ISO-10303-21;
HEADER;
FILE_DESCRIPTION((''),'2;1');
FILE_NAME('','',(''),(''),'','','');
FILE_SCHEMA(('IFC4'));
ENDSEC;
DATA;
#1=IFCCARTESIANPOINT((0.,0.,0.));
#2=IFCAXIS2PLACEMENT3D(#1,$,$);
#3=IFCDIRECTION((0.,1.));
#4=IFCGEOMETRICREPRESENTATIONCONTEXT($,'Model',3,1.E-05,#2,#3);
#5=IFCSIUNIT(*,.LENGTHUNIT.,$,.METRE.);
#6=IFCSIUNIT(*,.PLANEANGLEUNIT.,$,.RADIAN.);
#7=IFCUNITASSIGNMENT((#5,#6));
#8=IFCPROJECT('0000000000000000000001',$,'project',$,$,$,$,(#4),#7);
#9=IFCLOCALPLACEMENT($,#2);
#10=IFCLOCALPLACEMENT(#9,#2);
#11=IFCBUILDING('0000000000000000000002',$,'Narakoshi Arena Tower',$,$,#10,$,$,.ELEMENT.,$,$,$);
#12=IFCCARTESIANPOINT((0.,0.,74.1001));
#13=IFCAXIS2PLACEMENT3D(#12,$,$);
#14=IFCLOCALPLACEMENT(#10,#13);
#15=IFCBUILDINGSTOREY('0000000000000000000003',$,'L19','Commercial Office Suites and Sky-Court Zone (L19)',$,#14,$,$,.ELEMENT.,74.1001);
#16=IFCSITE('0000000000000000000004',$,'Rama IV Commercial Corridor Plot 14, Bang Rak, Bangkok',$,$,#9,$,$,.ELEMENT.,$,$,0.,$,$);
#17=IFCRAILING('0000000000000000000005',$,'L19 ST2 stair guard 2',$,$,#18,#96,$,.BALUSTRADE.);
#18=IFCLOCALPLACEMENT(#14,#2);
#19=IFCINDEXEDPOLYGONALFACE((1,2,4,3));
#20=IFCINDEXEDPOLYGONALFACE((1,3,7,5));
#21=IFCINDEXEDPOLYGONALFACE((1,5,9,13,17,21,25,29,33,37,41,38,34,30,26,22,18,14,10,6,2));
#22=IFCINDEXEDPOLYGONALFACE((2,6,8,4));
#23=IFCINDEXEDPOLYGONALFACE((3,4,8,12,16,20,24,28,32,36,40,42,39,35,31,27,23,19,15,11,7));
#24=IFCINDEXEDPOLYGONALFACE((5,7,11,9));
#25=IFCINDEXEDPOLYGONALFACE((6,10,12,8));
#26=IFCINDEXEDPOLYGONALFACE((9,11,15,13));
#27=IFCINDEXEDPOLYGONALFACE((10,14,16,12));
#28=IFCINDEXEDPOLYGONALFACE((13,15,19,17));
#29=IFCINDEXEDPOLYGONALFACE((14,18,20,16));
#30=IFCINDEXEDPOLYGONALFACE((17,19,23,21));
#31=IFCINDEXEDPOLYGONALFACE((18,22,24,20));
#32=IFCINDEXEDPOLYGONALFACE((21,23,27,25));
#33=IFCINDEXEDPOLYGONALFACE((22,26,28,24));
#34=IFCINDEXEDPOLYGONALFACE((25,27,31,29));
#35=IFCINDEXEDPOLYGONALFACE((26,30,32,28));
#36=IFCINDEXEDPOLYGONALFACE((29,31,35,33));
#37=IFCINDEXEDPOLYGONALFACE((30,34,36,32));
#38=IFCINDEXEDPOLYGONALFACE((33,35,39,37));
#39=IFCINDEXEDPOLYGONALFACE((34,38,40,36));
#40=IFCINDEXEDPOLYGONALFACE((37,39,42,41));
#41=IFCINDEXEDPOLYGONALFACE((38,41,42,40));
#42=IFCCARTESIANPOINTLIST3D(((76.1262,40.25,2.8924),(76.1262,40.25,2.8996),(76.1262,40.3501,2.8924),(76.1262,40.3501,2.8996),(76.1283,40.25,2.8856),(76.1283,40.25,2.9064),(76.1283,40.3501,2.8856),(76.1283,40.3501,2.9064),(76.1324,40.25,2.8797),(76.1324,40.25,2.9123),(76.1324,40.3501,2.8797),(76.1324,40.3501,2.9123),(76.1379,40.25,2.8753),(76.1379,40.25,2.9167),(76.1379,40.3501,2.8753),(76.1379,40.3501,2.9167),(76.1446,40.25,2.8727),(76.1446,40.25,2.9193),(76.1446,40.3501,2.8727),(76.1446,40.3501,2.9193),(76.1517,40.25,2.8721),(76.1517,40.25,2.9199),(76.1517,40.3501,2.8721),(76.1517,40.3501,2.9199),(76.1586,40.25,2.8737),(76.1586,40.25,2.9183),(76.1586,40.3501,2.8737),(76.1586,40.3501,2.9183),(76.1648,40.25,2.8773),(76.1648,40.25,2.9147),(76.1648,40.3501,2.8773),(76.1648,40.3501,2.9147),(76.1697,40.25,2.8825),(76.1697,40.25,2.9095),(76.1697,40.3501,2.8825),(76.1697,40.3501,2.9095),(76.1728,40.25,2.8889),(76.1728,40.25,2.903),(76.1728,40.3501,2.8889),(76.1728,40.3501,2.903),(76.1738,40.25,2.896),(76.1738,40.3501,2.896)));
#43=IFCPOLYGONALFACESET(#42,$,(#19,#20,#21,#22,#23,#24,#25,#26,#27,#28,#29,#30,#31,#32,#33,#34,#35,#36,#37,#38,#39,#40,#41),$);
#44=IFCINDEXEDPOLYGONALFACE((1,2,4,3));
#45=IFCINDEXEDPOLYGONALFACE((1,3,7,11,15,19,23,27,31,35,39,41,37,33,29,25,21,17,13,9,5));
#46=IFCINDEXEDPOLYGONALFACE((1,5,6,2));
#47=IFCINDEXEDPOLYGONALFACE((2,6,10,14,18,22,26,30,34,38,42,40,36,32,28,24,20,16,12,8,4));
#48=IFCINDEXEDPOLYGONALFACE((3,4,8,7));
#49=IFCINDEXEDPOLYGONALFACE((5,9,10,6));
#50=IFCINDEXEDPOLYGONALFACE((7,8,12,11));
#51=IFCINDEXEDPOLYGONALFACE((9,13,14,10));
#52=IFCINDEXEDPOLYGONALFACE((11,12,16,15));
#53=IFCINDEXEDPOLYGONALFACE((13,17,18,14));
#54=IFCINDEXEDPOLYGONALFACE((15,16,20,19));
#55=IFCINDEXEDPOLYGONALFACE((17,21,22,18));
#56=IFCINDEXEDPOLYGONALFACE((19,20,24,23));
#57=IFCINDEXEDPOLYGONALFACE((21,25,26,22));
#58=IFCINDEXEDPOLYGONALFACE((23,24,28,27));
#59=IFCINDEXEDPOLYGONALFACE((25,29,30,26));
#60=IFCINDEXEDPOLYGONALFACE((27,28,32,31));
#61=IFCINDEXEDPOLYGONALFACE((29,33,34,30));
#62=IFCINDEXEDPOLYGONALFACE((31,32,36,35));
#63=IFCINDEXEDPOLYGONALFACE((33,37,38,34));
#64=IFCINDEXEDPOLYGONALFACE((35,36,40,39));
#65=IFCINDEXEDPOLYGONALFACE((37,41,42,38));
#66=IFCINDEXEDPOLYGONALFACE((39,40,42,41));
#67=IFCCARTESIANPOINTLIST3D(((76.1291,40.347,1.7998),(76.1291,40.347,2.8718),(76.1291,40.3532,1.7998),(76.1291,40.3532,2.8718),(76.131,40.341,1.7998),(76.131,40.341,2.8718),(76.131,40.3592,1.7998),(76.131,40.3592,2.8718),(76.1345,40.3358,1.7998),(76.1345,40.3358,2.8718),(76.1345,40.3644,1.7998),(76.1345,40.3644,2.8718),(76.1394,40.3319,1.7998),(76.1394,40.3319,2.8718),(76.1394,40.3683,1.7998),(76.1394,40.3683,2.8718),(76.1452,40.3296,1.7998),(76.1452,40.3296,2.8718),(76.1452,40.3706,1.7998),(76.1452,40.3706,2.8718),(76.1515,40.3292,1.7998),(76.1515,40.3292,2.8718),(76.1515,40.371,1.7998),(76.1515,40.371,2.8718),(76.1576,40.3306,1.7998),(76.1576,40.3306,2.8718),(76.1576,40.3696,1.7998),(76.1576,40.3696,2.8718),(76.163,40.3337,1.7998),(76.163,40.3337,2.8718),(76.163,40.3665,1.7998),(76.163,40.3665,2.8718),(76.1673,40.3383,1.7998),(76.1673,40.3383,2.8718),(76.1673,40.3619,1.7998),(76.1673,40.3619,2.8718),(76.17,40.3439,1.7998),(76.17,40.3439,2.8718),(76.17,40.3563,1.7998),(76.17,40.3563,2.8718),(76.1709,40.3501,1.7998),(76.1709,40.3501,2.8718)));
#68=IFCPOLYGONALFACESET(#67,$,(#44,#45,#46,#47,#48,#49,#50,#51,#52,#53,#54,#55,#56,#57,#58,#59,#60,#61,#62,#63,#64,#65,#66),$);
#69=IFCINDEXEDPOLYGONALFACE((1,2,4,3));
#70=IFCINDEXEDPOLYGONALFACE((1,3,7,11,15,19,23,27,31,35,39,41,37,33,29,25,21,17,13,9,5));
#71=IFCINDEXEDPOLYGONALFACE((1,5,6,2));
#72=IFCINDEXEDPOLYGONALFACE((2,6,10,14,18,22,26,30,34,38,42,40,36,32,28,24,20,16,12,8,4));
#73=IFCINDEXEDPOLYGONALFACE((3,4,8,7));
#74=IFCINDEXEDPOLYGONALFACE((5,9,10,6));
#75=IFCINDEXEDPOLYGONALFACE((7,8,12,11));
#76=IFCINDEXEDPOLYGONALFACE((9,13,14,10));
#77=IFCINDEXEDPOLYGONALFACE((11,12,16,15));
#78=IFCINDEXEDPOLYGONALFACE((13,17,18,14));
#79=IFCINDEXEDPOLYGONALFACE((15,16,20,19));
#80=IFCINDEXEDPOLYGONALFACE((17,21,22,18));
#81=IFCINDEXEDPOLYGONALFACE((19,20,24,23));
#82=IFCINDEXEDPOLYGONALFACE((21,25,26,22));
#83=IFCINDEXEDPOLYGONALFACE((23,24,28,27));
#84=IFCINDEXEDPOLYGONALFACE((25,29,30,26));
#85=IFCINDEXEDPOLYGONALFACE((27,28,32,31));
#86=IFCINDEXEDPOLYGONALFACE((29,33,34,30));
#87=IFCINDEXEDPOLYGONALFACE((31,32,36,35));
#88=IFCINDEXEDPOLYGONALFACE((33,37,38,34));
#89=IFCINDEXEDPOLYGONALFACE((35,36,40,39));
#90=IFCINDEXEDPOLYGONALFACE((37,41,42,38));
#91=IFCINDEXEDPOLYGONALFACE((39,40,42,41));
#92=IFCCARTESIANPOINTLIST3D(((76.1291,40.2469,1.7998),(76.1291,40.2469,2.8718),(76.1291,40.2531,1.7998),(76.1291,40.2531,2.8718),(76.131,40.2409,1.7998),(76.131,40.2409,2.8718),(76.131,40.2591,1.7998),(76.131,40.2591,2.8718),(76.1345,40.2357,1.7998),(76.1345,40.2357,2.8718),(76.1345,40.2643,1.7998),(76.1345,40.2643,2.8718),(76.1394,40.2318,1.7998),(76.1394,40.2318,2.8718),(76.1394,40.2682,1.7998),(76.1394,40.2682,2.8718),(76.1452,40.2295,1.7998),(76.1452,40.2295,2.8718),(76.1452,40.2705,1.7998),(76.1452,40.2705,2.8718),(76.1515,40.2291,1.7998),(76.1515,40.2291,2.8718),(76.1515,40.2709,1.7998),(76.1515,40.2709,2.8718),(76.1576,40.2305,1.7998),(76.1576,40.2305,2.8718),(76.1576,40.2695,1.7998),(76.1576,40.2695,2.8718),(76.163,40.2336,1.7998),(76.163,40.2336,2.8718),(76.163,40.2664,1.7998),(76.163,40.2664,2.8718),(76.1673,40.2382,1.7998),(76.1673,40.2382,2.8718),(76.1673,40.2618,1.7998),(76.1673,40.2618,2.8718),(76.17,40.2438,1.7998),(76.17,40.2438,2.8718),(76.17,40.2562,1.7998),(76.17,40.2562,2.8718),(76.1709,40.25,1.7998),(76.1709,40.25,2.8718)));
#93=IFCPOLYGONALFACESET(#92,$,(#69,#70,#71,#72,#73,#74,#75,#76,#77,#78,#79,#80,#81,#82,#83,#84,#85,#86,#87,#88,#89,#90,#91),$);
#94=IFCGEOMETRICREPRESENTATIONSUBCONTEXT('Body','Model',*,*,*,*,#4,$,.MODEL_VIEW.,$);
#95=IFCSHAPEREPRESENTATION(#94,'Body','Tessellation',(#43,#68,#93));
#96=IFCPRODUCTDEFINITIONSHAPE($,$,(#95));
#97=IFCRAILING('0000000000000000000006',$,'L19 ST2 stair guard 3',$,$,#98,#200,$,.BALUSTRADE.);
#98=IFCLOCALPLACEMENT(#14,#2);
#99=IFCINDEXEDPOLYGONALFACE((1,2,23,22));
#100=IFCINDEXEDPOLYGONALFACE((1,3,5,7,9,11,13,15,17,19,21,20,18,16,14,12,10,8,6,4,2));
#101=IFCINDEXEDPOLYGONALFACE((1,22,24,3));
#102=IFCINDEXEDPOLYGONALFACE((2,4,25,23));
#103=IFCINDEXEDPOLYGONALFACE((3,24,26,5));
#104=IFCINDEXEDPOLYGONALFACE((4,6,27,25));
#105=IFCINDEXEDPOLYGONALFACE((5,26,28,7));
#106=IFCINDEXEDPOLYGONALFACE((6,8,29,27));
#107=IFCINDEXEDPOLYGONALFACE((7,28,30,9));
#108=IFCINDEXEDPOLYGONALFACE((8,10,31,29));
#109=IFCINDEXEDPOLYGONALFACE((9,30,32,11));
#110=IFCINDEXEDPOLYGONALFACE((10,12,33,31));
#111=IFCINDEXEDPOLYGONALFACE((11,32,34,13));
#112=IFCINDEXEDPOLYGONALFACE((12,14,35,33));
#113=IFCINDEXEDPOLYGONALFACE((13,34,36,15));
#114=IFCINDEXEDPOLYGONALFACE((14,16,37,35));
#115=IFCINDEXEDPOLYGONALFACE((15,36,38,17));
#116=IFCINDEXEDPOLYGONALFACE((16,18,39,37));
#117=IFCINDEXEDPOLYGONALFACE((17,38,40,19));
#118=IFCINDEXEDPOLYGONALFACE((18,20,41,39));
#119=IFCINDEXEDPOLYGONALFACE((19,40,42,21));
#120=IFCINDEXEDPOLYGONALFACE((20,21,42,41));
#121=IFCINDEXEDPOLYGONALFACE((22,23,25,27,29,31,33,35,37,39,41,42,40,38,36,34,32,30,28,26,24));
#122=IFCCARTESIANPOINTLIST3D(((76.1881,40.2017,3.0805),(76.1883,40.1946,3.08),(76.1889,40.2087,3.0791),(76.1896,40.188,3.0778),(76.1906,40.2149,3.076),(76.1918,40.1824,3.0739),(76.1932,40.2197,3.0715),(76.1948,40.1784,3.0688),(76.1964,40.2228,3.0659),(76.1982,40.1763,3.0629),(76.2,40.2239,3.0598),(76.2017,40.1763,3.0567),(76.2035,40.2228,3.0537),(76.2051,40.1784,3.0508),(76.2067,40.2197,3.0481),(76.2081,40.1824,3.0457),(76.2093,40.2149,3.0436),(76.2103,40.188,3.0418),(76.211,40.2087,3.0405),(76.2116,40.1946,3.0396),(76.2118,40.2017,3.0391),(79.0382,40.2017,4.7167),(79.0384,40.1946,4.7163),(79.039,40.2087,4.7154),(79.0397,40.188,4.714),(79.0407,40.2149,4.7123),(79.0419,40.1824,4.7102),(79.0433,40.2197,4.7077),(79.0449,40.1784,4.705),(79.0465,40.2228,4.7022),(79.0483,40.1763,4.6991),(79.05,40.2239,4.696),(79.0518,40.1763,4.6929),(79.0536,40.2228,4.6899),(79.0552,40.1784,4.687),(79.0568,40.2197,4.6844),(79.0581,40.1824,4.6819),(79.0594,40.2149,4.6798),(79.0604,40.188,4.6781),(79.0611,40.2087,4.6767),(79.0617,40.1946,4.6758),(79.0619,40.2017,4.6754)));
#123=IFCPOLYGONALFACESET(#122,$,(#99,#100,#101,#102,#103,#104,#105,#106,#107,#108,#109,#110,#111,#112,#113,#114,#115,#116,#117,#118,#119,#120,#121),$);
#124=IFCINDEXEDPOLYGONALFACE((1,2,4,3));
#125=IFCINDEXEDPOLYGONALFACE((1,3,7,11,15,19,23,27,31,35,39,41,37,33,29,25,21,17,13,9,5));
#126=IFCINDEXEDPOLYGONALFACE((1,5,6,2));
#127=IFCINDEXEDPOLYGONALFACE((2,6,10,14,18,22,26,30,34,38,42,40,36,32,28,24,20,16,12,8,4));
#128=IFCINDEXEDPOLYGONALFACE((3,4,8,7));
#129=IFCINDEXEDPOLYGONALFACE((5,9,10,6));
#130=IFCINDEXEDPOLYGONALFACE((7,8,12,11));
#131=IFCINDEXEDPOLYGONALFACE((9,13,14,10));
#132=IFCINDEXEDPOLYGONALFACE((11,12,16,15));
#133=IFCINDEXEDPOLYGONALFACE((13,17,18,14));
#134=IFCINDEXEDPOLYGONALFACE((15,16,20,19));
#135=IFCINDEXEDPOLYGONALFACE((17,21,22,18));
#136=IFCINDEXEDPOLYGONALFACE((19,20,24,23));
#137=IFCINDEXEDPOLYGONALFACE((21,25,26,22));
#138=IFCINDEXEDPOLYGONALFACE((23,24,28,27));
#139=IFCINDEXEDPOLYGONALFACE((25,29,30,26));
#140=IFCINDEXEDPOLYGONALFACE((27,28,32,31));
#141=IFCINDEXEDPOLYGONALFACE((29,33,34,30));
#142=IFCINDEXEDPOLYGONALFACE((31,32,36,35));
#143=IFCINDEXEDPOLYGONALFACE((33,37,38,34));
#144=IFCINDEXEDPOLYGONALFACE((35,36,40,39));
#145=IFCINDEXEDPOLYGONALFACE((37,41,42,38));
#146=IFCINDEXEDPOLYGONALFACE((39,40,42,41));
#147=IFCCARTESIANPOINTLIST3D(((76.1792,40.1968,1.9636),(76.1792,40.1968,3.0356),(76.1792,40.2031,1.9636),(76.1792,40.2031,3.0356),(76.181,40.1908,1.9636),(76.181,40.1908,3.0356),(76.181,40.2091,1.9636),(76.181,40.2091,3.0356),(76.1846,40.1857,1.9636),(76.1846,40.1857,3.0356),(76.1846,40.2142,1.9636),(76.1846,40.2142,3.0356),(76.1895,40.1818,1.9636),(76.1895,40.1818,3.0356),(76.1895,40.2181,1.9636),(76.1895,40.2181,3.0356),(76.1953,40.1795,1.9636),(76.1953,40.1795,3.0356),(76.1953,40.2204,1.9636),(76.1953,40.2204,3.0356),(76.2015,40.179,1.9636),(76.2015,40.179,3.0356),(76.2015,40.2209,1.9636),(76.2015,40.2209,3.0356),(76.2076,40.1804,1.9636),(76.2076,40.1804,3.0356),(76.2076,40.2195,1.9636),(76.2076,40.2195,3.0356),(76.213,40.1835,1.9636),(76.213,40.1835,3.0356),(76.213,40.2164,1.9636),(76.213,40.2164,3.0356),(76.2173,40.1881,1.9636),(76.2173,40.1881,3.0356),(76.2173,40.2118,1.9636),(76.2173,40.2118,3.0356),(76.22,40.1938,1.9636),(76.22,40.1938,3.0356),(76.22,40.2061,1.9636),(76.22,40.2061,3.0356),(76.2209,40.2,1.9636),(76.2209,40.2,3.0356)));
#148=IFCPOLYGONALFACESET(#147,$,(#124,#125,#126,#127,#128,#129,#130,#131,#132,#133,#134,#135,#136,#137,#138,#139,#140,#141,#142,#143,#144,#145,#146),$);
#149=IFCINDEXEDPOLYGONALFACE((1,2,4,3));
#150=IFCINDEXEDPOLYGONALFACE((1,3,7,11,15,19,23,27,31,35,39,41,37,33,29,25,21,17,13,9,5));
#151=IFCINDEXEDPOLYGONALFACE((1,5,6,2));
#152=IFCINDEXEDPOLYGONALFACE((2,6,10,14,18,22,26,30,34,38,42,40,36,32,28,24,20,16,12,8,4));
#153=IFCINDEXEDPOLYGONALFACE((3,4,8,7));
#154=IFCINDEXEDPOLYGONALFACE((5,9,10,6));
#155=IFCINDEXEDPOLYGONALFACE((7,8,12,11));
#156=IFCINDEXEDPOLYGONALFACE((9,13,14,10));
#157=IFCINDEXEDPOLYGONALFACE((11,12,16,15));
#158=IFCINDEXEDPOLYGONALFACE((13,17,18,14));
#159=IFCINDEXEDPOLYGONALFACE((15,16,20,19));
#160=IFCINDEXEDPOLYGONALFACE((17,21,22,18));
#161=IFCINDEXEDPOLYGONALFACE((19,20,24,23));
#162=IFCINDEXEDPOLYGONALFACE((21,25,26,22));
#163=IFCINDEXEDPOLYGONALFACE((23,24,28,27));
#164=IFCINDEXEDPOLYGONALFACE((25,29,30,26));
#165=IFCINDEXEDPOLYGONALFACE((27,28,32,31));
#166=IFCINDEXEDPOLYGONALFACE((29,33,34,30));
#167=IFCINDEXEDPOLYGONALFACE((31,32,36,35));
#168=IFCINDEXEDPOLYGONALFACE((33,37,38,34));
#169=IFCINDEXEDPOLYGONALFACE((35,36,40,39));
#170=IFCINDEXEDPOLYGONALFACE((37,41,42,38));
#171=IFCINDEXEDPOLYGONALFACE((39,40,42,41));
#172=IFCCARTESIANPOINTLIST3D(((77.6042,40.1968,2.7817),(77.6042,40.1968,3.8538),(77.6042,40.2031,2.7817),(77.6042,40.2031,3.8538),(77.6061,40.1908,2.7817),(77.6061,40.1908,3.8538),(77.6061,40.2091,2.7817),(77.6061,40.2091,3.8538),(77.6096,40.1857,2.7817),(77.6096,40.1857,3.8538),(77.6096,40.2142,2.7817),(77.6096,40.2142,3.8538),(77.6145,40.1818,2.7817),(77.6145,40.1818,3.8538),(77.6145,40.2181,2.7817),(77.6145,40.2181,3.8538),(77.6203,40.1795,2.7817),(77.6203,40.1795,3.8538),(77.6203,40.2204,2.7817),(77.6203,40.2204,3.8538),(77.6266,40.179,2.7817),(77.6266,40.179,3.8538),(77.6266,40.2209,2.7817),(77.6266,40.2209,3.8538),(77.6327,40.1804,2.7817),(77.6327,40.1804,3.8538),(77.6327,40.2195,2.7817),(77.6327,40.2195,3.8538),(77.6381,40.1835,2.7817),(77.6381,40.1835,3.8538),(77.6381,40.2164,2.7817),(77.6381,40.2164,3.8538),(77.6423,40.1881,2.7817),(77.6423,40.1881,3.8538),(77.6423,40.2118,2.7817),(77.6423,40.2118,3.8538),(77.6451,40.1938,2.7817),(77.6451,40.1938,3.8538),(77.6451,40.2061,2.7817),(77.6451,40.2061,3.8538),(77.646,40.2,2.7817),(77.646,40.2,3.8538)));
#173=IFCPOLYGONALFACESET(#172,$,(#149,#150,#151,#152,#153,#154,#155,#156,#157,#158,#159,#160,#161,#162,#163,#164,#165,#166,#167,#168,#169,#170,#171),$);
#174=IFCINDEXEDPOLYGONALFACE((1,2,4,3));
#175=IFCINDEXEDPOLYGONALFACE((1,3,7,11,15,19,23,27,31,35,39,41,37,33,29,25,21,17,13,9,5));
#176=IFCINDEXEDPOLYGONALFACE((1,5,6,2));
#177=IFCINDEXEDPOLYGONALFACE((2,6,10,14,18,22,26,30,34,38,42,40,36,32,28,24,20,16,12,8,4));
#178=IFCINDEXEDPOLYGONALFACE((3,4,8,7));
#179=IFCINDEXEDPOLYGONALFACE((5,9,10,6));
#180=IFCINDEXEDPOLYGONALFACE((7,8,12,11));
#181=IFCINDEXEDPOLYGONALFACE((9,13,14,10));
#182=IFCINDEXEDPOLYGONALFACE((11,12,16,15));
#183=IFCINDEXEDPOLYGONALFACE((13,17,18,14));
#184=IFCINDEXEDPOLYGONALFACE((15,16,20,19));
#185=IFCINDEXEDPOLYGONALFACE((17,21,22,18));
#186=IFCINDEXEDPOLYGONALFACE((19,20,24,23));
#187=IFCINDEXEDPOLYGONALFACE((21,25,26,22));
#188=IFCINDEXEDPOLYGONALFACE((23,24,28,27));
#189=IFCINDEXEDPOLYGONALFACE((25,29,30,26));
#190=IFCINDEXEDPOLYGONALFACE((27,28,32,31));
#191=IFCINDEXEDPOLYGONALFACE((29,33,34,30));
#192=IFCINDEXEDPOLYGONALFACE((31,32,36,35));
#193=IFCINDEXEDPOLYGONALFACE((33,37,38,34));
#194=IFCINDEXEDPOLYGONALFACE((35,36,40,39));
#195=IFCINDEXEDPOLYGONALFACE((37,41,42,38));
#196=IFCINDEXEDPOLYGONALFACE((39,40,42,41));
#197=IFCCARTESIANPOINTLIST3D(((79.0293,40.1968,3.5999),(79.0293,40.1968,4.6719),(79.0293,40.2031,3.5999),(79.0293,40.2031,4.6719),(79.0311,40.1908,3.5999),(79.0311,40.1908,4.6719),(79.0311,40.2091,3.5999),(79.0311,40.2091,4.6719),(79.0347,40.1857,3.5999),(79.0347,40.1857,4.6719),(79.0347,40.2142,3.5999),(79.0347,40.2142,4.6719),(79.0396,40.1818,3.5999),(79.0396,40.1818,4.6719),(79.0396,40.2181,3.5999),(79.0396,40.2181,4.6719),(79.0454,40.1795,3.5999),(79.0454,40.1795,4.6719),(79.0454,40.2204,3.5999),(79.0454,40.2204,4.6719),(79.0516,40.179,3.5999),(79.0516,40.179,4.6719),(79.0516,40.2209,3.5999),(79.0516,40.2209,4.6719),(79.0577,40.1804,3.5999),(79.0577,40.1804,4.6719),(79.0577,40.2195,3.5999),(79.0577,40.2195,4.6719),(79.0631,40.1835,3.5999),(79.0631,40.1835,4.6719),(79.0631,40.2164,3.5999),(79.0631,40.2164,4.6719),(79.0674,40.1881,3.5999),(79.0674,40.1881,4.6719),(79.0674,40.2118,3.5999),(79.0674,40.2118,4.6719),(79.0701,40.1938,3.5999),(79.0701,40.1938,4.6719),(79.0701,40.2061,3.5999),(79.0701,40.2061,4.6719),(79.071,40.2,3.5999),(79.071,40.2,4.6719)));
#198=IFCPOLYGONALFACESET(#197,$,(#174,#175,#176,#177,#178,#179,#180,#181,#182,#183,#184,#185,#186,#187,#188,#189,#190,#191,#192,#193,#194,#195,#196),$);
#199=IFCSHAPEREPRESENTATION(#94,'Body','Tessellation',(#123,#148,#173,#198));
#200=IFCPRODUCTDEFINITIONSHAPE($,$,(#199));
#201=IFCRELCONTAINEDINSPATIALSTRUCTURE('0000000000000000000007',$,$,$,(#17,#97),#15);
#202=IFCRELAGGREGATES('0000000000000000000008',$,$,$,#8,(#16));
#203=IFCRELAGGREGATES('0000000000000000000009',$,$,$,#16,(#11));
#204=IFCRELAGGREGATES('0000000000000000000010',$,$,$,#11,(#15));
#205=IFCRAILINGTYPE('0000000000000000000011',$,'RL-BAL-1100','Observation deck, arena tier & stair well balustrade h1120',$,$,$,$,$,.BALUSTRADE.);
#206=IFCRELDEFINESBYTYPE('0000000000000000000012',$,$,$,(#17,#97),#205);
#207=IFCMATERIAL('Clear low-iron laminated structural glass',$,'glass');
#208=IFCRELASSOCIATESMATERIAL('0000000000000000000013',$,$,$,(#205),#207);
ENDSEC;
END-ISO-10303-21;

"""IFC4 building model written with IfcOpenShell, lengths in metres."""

from ifc_helpers import new_model, si_unit, direction, frame, origin, origin_2d, place, context, subcontext, project, spatial, circle, extrude, material, type_object, element, save


model = new_model("IFC4")

# Units and contexts
model_context = context("Model", 3, precision=1e-05, world=origin(), true_north=direction((0.0, 1.0)))
body_context = subcontext(model_context, "Body", "Model", "MODEL_VIEW")
ifc_project = project(units=[si_unit("LENGTHUNIT", "METRE"), si_unit("PLANEANGLEUNIT", "RADIAN")], contexts=[model_context])

# Site, building, storey
site_placement = place(None, origin())
site = spatial("IfcSite", under=ifc_project, at=site_placement, Name="Rama IV Commercial Corridor Plot 14, Bang Rak, Bangkok", CompositionType="ELEMENT", RefElevation=0.0)
building_placement = place(site_placement, origin())
building = spatial("IfcBuilding", under=site, at=building_placement, Name="Narakoshi Arena Tower", CompositionType="ELEMENT")
storey_placement = place(building_placement, frame((0.0, 0.0, 74.1001)))
storey = spatial("IfcBuildingStorey", under=building, at=storey_placement, Name="L19", Description="Commercial Office Suites and Sky-Court Zone (L19)", CompositionType="ELEMENT", Elevation=74.1001)

# Railings
ifc_material_1 = material(Name="Clear low-iron laminated structural glass", Category="glass")
railing_type_1 = type_object("IfcRailingType", Name="RL-BAL-1100", Description="Observation deck, arena tier & stair well balustrade h1120", PredefinedType="BALUSTRADE", material=ifc_material_1)
railing_1_placement = place(storey_placement, frame((76.1499, 40.3501, 1.7998)))
element("IfcRailing", 1, at=railing_1_placement, inside=storey, type_object=railing_type_1, Name="L19 ST2 stair guard 2", PredefinedType="BALUSTRADE", context=body_context, shape_type="SweptSolid", body=[
    extrude(circle(Radius=0.0239, at=origin_2d()), frame((0.0, 0.0, 1.0962), z_axis=(0.0, -1.0, 0.0), x_axis=(1.0, 0.0, 0.0)), (0.0, 0.0, 1.0), 0.1001),
    extrude(circle(Radius=0.021, at=origin_2d()), origin(), (0.0, 0.0, 1.0), 1.072),
    extrude(circle(Radius=0.021, at=origin_2d()), frame((0.0, -0.1001, 0.0)), (0.0, 0.0, 1.0), 1.072),
])
railing_2_placement = place(storey_placement, frame((76.2, 40.2, 1.9636)))
element("IfcRailing", 2, at=railing_2_placement, inside=storey, type_object=railing_type_1, Name="L19 ST2 stair guard 3", PredefinedType="BALUSTRADE", context=body_context, shape_type="SweptSolid", body=[
    extrude(circle(Radius=0.0239, at=origin_2d()), frame((0.0, 0.0, 1.0962), z_axis=(0.867245, 0.0, 0.497882), x_axis=(0.0, 1.0, 0.0)), (0.0, 0.0, 1.0), 3.2864),
    extrude(circle(Radius=0.021, at=origin_2d()), origin(), (0.0, 0.0, 1.0), 1.072),
    extrude(circle(Radius=0.021, at=origin_2d()), frame((1.425, 0.0, 0.8181)), (0.0, 0.0, 1.0), 1.072),
    extrude(circle(Radius=0.021, at=origin_2d()), frame((2.8501, 0.0, 1.6362)), (0.0, 0.0, 1.0), 1.072),
])

save(model, "model.ifc")
